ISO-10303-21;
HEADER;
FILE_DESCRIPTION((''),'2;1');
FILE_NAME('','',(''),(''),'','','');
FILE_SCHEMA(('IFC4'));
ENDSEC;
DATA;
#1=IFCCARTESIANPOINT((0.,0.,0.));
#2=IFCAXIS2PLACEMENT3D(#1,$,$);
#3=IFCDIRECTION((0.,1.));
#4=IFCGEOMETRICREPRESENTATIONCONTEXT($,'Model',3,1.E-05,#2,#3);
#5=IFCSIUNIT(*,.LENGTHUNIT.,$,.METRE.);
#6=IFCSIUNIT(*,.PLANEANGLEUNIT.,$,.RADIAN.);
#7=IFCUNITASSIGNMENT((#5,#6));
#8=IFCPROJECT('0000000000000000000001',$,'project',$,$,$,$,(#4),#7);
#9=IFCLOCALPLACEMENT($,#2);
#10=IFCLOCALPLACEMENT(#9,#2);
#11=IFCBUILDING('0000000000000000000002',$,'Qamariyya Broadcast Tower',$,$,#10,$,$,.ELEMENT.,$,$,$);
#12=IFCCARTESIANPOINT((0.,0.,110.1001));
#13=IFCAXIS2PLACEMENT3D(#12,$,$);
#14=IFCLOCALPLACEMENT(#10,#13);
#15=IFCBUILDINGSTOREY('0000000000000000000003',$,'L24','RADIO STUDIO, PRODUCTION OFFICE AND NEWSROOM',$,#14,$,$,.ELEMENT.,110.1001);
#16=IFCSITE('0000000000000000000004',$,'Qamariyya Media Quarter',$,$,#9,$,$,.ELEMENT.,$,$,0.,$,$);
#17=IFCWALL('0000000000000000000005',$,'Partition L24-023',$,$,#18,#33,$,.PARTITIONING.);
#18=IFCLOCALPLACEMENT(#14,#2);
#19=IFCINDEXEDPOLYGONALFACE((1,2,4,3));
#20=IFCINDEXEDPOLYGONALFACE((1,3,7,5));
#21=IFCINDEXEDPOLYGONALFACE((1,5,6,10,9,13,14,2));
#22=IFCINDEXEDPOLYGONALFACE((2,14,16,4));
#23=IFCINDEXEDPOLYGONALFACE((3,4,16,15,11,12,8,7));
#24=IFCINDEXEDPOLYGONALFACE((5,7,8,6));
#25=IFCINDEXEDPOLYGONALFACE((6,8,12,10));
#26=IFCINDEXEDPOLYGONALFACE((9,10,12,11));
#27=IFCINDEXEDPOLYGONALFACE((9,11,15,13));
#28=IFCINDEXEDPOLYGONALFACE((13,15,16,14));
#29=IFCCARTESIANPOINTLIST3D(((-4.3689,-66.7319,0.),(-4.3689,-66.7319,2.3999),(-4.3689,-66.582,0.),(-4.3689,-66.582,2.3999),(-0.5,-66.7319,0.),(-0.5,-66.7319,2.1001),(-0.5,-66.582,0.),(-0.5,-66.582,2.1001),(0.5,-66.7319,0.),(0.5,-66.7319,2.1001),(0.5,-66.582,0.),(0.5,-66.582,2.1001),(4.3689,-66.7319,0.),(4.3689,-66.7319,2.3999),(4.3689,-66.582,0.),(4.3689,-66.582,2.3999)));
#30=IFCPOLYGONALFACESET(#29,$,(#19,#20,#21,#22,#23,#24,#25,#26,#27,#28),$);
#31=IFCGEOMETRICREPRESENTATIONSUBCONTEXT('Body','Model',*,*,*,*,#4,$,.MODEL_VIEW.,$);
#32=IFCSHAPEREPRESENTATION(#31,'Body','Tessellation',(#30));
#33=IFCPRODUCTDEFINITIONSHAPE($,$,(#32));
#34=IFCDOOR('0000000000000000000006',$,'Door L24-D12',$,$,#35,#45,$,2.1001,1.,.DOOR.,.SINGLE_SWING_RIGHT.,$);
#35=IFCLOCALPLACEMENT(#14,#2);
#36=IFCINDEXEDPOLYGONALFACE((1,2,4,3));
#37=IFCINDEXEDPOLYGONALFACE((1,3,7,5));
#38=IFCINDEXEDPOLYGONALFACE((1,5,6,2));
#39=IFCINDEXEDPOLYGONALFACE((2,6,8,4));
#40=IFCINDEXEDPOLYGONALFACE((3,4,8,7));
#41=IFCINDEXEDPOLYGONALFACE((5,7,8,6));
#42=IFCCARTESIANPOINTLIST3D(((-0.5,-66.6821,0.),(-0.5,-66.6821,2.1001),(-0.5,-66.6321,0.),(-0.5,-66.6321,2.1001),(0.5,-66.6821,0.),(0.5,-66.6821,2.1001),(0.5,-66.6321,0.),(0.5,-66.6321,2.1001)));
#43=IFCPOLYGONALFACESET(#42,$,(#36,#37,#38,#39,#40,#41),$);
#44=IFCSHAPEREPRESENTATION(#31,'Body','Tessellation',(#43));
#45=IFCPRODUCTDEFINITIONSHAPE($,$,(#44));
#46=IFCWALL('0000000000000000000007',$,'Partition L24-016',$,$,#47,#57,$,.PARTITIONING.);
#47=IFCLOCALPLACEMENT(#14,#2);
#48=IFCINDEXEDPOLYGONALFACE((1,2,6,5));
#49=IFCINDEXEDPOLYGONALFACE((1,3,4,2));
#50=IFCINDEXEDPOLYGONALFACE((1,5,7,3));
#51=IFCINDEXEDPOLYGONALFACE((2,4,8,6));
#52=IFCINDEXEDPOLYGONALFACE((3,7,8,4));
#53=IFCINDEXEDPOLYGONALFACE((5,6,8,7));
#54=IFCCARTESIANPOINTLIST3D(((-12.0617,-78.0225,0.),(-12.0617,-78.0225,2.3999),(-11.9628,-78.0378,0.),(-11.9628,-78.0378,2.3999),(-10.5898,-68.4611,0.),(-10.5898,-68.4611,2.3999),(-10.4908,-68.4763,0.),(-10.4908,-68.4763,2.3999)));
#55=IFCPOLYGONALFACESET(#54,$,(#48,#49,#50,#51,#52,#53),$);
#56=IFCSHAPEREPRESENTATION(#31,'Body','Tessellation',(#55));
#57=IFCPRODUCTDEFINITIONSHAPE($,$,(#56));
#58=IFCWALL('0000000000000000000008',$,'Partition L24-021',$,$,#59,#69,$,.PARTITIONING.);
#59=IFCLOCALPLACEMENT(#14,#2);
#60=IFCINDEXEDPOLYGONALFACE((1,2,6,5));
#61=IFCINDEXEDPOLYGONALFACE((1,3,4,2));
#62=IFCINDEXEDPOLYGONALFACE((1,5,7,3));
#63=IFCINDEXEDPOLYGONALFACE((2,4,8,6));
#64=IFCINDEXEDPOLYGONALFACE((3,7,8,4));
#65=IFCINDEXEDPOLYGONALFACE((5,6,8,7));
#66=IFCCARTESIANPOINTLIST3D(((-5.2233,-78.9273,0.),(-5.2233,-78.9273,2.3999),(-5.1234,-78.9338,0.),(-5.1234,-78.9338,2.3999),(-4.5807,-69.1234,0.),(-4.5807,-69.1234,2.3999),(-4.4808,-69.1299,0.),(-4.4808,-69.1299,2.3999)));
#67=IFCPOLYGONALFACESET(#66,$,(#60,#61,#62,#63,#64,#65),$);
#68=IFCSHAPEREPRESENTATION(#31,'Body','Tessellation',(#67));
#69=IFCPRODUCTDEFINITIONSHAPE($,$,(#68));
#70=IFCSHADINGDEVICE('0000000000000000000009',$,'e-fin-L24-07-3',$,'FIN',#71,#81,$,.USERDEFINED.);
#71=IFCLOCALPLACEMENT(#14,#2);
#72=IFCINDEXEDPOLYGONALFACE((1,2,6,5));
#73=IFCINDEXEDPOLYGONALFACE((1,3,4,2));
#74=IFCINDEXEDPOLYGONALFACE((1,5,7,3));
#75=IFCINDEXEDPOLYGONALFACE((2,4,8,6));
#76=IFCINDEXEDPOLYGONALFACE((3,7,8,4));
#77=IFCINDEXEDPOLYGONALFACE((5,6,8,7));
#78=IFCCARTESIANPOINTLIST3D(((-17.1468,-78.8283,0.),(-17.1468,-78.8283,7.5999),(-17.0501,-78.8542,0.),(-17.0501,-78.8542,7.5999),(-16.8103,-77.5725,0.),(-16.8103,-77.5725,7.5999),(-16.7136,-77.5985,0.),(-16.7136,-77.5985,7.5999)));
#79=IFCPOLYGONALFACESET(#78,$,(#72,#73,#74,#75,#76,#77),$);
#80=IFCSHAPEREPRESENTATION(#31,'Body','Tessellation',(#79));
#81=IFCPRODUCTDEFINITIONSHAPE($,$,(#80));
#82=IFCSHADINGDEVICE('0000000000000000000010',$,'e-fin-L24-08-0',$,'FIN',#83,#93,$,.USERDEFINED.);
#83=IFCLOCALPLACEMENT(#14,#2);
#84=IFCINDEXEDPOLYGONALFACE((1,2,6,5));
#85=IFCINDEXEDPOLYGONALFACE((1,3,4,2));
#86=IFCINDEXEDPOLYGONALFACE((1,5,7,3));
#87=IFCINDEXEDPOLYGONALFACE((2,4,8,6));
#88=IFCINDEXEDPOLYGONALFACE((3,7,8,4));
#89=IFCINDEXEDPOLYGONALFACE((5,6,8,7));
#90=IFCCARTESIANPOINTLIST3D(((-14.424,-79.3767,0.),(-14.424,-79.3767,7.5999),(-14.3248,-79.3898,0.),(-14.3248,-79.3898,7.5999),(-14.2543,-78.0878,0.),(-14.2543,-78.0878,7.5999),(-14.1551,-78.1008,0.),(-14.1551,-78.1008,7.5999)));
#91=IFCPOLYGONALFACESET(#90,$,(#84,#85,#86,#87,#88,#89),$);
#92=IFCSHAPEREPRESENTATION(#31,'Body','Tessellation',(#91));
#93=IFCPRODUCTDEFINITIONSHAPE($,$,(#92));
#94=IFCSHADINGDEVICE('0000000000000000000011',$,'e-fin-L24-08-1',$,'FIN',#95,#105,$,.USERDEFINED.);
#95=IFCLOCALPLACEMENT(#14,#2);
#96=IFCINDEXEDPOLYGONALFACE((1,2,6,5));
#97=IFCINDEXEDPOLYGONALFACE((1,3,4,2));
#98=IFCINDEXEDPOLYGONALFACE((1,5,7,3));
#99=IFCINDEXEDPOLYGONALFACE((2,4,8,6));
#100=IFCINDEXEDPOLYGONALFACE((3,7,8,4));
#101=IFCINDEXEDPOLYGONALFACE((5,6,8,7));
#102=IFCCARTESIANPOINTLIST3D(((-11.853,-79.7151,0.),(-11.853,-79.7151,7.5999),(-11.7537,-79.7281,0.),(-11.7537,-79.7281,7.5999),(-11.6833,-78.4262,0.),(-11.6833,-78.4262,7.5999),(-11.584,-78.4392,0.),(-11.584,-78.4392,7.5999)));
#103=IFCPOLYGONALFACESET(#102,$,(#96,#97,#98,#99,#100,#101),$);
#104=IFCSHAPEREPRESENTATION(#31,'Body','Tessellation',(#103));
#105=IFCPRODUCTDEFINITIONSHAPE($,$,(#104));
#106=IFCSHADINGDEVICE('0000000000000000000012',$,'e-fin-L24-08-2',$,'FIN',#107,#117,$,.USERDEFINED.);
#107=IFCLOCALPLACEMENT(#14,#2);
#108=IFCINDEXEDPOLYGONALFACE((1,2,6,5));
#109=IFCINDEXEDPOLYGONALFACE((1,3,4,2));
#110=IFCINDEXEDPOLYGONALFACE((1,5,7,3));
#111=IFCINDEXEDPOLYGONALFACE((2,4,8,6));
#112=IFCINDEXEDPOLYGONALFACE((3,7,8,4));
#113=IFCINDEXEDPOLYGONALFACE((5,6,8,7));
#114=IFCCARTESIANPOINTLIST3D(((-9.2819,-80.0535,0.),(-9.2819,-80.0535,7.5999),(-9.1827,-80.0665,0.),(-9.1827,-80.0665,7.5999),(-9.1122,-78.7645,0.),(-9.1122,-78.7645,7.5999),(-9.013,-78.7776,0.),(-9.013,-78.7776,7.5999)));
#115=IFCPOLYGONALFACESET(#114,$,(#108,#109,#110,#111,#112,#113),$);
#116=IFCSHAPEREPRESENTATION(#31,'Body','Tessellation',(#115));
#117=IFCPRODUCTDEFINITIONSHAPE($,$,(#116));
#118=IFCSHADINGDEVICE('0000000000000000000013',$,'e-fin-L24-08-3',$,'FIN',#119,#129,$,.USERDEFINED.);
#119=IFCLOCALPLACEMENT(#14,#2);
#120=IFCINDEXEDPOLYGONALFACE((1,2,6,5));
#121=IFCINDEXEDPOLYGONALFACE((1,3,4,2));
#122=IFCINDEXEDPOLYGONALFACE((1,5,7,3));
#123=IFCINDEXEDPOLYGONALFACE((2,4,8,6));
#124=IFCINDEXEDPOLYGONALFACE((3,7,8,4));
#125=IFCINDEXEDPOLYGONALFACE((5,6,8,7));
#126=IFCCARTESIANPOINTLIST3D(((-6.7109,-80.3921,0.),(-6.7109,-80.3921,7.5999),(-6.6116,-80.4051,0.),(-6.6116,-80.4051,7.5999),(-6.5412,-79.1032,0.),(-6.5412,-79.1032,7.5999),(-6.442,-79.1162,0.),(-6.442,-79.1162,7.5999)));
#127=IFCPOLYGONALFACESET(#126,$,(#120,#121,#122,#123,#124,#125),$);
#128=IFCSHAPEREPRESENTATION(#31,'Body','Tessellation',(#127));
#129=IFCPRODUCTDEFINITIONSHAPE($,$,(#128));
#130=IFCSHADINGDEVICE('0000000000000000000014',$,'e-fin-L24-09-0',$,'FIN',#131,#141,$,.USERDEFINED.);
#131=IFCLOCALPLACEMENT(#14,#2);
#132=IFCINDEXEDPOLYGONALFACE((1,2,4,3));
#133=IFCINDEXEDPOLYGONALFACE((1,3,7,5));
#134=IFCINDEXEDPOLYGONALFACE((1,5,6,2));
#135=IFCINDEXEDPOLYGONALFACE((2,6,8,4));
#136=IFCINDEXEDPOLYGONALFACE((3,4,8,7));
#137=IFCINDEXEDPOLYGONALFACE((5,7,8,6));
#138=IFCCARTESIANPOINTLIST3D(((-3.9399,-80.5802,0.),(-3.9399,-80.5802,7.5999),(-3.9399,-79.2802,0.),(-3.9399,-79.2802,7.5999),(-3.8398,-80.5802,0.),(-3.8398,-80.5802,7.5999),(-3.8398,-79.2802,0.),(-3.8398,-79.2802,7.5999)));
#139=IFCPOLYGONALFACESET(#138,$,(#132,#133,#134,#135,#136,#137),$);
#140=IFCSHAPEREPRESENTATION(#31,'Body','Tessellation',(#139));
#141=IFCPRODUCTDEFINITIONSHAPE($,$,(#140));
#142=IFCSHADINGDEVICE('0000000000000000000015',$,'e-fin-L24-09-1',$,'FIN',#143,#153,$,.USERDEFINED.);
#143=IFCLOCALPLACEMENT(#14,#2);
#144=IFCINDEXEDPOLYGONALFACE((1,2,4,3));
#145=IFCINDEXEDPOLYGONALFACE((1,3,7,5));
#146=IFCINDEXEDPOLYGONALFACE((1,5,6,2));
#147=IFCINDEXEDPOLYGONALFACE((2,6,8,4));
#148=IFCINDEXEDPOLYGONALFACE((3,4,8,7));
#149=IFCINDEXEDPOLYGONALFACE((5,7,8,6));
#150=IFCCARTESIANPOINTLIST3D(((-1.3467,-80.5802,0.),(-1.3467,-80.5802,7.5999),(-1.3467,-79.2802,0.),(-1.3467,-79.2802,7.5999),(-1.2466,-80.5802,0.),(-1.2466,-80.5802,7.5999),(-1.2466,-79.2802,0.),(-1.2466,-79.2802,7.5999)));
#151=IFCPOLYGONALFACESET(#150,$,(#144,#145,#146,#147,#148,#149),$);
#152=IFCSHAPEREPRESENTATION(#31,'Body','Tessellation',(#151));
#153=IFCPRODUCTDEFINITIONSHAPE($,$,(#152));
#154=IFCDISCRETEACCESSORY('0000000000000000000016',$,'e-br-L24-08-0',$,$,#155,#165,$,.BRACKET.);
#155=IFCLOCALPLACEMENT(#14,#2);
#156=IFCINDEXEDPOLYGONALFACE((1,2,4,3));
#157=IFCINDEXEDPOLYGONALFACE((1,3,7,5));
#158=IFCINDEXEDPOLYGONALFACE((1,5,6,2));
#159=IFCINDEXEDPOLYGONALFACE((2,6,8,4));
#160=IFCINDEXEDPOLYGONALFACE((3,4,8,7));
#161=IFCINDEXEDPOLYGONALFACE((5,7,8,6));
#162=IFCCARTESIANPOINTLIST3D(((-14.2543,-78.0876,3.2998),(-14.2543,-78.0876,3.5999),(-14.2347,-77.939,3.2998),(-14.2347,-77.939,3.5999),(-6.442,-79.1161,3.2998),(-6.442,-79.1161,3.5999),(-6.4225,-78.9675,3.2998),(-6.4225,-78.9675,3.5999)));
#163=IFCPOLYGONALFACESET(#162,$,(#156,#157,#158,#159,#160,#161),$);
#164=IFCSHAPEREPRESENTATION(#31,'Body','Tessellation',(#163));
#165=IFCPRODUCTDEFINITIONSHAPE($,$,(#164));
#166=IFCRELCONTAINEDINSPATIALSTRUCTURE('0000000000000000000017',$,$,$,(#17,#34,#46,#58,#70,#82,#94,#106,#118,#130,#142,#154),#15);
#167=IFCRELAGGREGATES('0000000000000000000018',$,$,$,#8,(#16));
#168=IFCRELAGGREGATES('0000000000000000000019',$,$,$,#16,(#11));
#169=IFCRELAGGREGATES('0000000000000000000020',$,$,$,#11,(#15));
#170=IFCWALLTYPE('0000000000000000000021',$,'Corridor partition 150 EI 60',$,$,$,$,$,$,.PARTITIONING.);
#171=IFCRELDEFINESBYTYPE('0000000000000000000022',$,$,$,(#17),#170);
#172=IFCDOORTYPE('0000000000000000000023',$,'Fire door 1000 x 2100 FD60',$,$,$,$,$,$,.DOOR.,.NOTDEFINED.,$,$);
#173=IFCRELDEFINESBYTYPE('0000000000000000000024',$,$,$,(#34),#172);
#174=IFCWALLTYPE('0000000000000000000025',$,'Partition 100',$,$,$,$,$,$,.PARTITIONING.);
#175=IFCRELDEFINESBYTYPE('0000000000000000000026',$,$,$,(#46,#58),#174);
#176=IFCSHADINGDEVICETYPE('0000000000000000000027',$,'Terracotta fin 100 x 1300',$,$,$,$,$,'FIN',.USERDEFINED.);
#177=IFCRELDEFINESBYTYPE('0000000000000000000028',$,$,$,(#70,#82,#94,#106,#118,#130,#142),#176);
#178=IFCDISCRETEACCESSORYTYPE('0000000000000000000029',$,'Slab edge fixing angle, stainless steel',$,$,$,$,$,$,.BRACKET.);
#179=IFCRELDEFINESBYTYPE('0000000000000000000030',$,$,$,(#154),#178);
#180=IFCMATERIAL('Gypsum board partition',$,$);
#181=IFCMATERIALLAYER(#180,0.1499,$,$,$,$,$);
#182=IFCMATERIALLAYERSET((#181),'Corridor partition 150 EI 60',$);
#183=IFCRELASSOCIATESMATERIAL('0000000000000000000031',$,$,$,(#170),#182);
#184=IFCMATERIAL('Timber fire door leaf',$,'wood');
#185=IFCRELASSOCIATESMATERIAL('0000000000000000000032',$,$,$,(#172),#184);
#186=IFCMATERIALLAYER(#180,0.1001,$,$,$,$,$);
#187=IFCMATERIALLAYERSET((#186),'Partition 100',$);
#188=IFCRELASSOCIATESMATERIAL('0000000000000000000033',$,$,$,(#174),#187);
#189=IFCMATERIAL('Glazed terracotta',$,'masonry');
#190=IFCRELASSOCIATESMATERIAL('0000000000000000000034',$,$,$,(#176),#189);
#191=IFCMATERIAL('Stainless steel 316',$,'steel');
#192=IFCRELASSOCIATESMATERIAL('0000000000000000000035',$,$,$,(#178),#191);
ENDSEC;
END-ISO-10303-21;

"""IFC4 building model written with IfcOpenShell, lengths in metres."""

from ifc_helpers import new_model, si_unit, direction, frame, frame_2d, origin, origin_2d, place, context, subcontext, project, spatial, rectangle, extrude, material, layer, layer_set, material_profile, profile_set, type_object, element, fill, save


model = new_model("IFC4")

# Units and contexts
model_context = context("Model", 3, precision=1e-05, world=origin(), true_north=direction((0.0, 1.0)))
body_context = subcontext(model_context, "Body", "Model", "MODEL_VIEW")
ifc_project = project(units=[si_unit("LENGTHUNIT", "METRE"), si_unit("PLANEANGLEUNIT", "RADIAN")], contexts=[model_context])

# Site, building, storey
site_placement = place(None, origin())
site = spatial("IfcSite", under=ifc_project, at=site_placement, Name="Qamariyya Media Quarter", CompositionType="ELEMENT", RefElevation=0.0)
building_placement = place(site_placement, origin())
building = spatial("IfcBuilding", under=site, at=building_placement, Name="Qamariyya Broadcast Tower", CompositionType="ELEMENT")
storey_placement = place(building_placement, frame((0.0, 0.0, 110.1001)))
storey = spatial("IfcBuildingStorey", under=building, at=storey_placement, Name="L24", Description="RADIO STUDIO, PRODUCTION OFFICE AND NEWSROOM", CompositionType="ELEMENT", Elevation=110.1001)

# Shared definitions
ifc_material_1 = material(Name="Gypsum board partition")
ifc_layer_1 = layer(ifc_material_1, 0.1499)
ifc_layer_set_1 = layer_set([ifc_layer_1], Name="Corridor partition 150 EI 60")
wall_type_1 = type_object("IfcWallType", Name="Corridor partition 150 EI 60", PredefinedType="PARTITIONING", material=ifc_layer_set_1)

# Wall, opening, door
ifc_material_2 = material(Name="Timber fire door leaf", Category="wood")
door_type_1 = type_object("IfcDoorType", Name="Fire door 1000 x 2100 FD60", OperationType="NOTDEFINED", PredefinedType="DOOR", material=ifc_material_2)
wall_1_placement = place(storey_placement, frame((-4.3689, -66.657, 0.0), z_axis=(0.0, 0.0, 1.0), x_axis=(1.0, 0.0, 0.0)))
wall_1 = element("IfcWall", 1, at=wall_1_placement, inside=storey, type_object=wall_type_1, Name="Partition L24-023", PredefinedType="PARTITIONING", context=body_context, shape_type="SweptSolid", body=[
    extrude(rectangle(XDim=8.7378, YDim=0.1499, at=frame_2d((4.3689, 0.0))), origin(), (0.0, 0.0, 1.0), 2.3999),
])
opening_1_placement = place(wall_1_placement, frame((3.8689, 0.0, 0.0)))
opening_1 = element("IfcOpeningElement", 2, at=opening_1_placement, cuts=wall_1, PredefinedType="OPENING", context=body_context, shape_type="SweptSolid", body=[
    extrude(rectangle(XDim=1.0, YDim=2.1001, at=frame_2d((0.5, 1.05))), frame((0.0, 0.085, 0.0), z_axis=(0.0, -1.0, 0.0), x_axis=(1.0, 0.0, 0.0)), (0.0, 0.0, 1.0), 0.1699),
])
door_1_placement = place(opening_1_placement, origin())
door_1 = element("IfcDoor", 3, at=door_1_placement, inside=storey, type_object=door_type_1, Name="Door L24-D12", OperationType="SINGLE_SWING_RIGHT", OverallHeight=2.1001, OverallWidth=1.0, PredefinedType="DOOR", context=body_context, shape_type="SweptSolid", body=[
    extrude(rectangle(XDim=1.0, YDim=2.1001, at=frame_2d((0.5, 1.05))), frame((0.0, 0.0249, 0.0), z_axis=(0.0, -1.0, 0.0), x_axis=(1.0, 0.0, 0.0)), (0.0, 0.0, 1.0), 0.05),
])
fill(opening_1, door_1)

# Walls
ifc_layer_2 = layer(ifc_material_1, 0.1001)
ifc_layer_set_2 = layer_set([ifc_layer_2], Name="Partition 100")
wall_type_2 = type_object("IfcWallType", Name="Partition 100", PredefinedType="PARTITIONING", material=ifc_layer_set_2)
wall_2_placement = place(storey_placement, frame((-12.0122, -78.03, 0.0), z_axis=(0.0, 0.0, 1.0), x_axis=(0.15215, 0.988357, 0.0)))
element("IfcWall", 4, at=wall_2_placement, inside=storey, type_object=wall_type_2, Name="Partition L24-016", PredefinedType="PARTITIONING", context=body_context, shape_type="SweptSolid", body=[
    extrude(rectangle(XDim=9.6741, YDim=0.1001, at=frame_2d((4.8369, 0.0))), origin(), (0.0, 0.0, 1.0), 2.3999),
])
wall_3_placement = place(storey_placement, frame((-5.1733, -78.9307, 0.0), z_axis=(0.0, 0.0, 1.0), x_axis=(0.065402, 0.997859, 0.0)))
element("IfcWall", 5, at=wall_3_placement, inside=storey, type_object=wall_type_2, Name="Partition L24-021", PredefinedType="PARTITIONING", context=body_context, shape_type="SweptSolid", body=[
    extrude(rectangle(XDim=9.825, YDim=0.1001, at=frame_2d((4.9126, 0.0))), origin(), (0.0, 0.0, 1.0), 2.3999),
])

# Shading devices
ifc_material_3 = material(Name="Glazed terracotta", Category="masonry")
ifc_material_profile_1 = material_profile(ifc_material_3, rectangle(XDim=1.3, YDim=0.1001, at=origin_2d()))
ifc_profile_set_1 = profile_set([ifc_material_profile_1], Name="Glazed terracotta")
shading_device_type_1 = type_object("IfcShadingDeviceType", Name="Terracotta fin 100 x 1300", ElementType="FIN", PredefinedType="USERDEFINED", material=ifc_profile_set_1)
for number, where, z_axis, x_axis, name in (
    (6, (-16.9302, -78.2134, 0.0), (0.0, 0.0, 1.0), (-0.258819, -0.965926, 0.0), "e-fin-L24-07-3"),
    (7, (-14.2896, -78.7388, 0.0), (0.0, 0.0, 1.0), (-0.130526, -0.991445, 0.0), "e-fin-L24-08-0"),
    (8, (-11.7185, -79.0771, 0.0), (0.0, 0.0, 1.0), (-0.130526, -0.991445, 0.0), "e-fin-L24-08-1"),
    (9, (-9.1475, -79.4155, 0.0), (0.0, 0.0, 1.0), (-0.130526, -0.991445, 0.0), "e-fin-L24-08-2"),
    (10, (-6.5764, -79.7542, 0.0), (0.0, 0.0, 1.0), (-0.130526, -0.991445, 0.0), "e-fin-L24-08-3"),
    (11, (-3.8899, -79.9302, 0.0), (0.0, 0.0, 1.0), (0.0, -1.0, 0.0), "e-fin-L24-09-0"),
    (12, (-1.2966, -79.9302, 0.0), (0.0, 0.0, 1.0), (0.0, -1.0, 0.0), "e-fin-L24-09-1"),
):
    element("IfcShadingDevice", number, at=place(storey_placement, frame(where, z_axis=z_axis, x_axis=x_axis)), inside=storey, type_object=shading_device_type_1, Name=name, ObjectType="FIN", PredefinedType="USERDEFINED", context=body_context, shape_type="SweptSolid", body=[
        extrude(rectangle(XDim=1.3, YDim=0.1001, at=origin_2d()), origin(), (0.0, 0.0, 1.0), 7.5999),
    ])

# Discrete accessory
ifc_material_4 = material(Name="Stainless steel 316", Category="steel")
discrete_accessory_type = type_object("IfcDiscreteAccessoryType", Name="Slab edge fixing angle, stainless steel", PredefinedType="BRACKET", material=ifc_material_4)
discrete_accessory_placement = place(storey_placement, frame((-10.3384, -78.5276, 3.2998), z_axis=(0.0, 0.0, 1.0), x_axis=(0.991445, -0.130526, 0.0)))
element("IfcDiscreteAccessory", 13, at=discrete_accessory_placement, inside=storey, type_object=discrete_accessory_type, Name="e-br-L24-08-0", PredefinedType="BRACKET", context=body_context, shape_type="SweptSolid", body=[
    extrude(rectangle(XDim=7.8796, YDim=0.1499, at=origin_2d()), origin(), (0.0, 0.0, 1.0), 0.3),
])

save(model, "model.ifc")
